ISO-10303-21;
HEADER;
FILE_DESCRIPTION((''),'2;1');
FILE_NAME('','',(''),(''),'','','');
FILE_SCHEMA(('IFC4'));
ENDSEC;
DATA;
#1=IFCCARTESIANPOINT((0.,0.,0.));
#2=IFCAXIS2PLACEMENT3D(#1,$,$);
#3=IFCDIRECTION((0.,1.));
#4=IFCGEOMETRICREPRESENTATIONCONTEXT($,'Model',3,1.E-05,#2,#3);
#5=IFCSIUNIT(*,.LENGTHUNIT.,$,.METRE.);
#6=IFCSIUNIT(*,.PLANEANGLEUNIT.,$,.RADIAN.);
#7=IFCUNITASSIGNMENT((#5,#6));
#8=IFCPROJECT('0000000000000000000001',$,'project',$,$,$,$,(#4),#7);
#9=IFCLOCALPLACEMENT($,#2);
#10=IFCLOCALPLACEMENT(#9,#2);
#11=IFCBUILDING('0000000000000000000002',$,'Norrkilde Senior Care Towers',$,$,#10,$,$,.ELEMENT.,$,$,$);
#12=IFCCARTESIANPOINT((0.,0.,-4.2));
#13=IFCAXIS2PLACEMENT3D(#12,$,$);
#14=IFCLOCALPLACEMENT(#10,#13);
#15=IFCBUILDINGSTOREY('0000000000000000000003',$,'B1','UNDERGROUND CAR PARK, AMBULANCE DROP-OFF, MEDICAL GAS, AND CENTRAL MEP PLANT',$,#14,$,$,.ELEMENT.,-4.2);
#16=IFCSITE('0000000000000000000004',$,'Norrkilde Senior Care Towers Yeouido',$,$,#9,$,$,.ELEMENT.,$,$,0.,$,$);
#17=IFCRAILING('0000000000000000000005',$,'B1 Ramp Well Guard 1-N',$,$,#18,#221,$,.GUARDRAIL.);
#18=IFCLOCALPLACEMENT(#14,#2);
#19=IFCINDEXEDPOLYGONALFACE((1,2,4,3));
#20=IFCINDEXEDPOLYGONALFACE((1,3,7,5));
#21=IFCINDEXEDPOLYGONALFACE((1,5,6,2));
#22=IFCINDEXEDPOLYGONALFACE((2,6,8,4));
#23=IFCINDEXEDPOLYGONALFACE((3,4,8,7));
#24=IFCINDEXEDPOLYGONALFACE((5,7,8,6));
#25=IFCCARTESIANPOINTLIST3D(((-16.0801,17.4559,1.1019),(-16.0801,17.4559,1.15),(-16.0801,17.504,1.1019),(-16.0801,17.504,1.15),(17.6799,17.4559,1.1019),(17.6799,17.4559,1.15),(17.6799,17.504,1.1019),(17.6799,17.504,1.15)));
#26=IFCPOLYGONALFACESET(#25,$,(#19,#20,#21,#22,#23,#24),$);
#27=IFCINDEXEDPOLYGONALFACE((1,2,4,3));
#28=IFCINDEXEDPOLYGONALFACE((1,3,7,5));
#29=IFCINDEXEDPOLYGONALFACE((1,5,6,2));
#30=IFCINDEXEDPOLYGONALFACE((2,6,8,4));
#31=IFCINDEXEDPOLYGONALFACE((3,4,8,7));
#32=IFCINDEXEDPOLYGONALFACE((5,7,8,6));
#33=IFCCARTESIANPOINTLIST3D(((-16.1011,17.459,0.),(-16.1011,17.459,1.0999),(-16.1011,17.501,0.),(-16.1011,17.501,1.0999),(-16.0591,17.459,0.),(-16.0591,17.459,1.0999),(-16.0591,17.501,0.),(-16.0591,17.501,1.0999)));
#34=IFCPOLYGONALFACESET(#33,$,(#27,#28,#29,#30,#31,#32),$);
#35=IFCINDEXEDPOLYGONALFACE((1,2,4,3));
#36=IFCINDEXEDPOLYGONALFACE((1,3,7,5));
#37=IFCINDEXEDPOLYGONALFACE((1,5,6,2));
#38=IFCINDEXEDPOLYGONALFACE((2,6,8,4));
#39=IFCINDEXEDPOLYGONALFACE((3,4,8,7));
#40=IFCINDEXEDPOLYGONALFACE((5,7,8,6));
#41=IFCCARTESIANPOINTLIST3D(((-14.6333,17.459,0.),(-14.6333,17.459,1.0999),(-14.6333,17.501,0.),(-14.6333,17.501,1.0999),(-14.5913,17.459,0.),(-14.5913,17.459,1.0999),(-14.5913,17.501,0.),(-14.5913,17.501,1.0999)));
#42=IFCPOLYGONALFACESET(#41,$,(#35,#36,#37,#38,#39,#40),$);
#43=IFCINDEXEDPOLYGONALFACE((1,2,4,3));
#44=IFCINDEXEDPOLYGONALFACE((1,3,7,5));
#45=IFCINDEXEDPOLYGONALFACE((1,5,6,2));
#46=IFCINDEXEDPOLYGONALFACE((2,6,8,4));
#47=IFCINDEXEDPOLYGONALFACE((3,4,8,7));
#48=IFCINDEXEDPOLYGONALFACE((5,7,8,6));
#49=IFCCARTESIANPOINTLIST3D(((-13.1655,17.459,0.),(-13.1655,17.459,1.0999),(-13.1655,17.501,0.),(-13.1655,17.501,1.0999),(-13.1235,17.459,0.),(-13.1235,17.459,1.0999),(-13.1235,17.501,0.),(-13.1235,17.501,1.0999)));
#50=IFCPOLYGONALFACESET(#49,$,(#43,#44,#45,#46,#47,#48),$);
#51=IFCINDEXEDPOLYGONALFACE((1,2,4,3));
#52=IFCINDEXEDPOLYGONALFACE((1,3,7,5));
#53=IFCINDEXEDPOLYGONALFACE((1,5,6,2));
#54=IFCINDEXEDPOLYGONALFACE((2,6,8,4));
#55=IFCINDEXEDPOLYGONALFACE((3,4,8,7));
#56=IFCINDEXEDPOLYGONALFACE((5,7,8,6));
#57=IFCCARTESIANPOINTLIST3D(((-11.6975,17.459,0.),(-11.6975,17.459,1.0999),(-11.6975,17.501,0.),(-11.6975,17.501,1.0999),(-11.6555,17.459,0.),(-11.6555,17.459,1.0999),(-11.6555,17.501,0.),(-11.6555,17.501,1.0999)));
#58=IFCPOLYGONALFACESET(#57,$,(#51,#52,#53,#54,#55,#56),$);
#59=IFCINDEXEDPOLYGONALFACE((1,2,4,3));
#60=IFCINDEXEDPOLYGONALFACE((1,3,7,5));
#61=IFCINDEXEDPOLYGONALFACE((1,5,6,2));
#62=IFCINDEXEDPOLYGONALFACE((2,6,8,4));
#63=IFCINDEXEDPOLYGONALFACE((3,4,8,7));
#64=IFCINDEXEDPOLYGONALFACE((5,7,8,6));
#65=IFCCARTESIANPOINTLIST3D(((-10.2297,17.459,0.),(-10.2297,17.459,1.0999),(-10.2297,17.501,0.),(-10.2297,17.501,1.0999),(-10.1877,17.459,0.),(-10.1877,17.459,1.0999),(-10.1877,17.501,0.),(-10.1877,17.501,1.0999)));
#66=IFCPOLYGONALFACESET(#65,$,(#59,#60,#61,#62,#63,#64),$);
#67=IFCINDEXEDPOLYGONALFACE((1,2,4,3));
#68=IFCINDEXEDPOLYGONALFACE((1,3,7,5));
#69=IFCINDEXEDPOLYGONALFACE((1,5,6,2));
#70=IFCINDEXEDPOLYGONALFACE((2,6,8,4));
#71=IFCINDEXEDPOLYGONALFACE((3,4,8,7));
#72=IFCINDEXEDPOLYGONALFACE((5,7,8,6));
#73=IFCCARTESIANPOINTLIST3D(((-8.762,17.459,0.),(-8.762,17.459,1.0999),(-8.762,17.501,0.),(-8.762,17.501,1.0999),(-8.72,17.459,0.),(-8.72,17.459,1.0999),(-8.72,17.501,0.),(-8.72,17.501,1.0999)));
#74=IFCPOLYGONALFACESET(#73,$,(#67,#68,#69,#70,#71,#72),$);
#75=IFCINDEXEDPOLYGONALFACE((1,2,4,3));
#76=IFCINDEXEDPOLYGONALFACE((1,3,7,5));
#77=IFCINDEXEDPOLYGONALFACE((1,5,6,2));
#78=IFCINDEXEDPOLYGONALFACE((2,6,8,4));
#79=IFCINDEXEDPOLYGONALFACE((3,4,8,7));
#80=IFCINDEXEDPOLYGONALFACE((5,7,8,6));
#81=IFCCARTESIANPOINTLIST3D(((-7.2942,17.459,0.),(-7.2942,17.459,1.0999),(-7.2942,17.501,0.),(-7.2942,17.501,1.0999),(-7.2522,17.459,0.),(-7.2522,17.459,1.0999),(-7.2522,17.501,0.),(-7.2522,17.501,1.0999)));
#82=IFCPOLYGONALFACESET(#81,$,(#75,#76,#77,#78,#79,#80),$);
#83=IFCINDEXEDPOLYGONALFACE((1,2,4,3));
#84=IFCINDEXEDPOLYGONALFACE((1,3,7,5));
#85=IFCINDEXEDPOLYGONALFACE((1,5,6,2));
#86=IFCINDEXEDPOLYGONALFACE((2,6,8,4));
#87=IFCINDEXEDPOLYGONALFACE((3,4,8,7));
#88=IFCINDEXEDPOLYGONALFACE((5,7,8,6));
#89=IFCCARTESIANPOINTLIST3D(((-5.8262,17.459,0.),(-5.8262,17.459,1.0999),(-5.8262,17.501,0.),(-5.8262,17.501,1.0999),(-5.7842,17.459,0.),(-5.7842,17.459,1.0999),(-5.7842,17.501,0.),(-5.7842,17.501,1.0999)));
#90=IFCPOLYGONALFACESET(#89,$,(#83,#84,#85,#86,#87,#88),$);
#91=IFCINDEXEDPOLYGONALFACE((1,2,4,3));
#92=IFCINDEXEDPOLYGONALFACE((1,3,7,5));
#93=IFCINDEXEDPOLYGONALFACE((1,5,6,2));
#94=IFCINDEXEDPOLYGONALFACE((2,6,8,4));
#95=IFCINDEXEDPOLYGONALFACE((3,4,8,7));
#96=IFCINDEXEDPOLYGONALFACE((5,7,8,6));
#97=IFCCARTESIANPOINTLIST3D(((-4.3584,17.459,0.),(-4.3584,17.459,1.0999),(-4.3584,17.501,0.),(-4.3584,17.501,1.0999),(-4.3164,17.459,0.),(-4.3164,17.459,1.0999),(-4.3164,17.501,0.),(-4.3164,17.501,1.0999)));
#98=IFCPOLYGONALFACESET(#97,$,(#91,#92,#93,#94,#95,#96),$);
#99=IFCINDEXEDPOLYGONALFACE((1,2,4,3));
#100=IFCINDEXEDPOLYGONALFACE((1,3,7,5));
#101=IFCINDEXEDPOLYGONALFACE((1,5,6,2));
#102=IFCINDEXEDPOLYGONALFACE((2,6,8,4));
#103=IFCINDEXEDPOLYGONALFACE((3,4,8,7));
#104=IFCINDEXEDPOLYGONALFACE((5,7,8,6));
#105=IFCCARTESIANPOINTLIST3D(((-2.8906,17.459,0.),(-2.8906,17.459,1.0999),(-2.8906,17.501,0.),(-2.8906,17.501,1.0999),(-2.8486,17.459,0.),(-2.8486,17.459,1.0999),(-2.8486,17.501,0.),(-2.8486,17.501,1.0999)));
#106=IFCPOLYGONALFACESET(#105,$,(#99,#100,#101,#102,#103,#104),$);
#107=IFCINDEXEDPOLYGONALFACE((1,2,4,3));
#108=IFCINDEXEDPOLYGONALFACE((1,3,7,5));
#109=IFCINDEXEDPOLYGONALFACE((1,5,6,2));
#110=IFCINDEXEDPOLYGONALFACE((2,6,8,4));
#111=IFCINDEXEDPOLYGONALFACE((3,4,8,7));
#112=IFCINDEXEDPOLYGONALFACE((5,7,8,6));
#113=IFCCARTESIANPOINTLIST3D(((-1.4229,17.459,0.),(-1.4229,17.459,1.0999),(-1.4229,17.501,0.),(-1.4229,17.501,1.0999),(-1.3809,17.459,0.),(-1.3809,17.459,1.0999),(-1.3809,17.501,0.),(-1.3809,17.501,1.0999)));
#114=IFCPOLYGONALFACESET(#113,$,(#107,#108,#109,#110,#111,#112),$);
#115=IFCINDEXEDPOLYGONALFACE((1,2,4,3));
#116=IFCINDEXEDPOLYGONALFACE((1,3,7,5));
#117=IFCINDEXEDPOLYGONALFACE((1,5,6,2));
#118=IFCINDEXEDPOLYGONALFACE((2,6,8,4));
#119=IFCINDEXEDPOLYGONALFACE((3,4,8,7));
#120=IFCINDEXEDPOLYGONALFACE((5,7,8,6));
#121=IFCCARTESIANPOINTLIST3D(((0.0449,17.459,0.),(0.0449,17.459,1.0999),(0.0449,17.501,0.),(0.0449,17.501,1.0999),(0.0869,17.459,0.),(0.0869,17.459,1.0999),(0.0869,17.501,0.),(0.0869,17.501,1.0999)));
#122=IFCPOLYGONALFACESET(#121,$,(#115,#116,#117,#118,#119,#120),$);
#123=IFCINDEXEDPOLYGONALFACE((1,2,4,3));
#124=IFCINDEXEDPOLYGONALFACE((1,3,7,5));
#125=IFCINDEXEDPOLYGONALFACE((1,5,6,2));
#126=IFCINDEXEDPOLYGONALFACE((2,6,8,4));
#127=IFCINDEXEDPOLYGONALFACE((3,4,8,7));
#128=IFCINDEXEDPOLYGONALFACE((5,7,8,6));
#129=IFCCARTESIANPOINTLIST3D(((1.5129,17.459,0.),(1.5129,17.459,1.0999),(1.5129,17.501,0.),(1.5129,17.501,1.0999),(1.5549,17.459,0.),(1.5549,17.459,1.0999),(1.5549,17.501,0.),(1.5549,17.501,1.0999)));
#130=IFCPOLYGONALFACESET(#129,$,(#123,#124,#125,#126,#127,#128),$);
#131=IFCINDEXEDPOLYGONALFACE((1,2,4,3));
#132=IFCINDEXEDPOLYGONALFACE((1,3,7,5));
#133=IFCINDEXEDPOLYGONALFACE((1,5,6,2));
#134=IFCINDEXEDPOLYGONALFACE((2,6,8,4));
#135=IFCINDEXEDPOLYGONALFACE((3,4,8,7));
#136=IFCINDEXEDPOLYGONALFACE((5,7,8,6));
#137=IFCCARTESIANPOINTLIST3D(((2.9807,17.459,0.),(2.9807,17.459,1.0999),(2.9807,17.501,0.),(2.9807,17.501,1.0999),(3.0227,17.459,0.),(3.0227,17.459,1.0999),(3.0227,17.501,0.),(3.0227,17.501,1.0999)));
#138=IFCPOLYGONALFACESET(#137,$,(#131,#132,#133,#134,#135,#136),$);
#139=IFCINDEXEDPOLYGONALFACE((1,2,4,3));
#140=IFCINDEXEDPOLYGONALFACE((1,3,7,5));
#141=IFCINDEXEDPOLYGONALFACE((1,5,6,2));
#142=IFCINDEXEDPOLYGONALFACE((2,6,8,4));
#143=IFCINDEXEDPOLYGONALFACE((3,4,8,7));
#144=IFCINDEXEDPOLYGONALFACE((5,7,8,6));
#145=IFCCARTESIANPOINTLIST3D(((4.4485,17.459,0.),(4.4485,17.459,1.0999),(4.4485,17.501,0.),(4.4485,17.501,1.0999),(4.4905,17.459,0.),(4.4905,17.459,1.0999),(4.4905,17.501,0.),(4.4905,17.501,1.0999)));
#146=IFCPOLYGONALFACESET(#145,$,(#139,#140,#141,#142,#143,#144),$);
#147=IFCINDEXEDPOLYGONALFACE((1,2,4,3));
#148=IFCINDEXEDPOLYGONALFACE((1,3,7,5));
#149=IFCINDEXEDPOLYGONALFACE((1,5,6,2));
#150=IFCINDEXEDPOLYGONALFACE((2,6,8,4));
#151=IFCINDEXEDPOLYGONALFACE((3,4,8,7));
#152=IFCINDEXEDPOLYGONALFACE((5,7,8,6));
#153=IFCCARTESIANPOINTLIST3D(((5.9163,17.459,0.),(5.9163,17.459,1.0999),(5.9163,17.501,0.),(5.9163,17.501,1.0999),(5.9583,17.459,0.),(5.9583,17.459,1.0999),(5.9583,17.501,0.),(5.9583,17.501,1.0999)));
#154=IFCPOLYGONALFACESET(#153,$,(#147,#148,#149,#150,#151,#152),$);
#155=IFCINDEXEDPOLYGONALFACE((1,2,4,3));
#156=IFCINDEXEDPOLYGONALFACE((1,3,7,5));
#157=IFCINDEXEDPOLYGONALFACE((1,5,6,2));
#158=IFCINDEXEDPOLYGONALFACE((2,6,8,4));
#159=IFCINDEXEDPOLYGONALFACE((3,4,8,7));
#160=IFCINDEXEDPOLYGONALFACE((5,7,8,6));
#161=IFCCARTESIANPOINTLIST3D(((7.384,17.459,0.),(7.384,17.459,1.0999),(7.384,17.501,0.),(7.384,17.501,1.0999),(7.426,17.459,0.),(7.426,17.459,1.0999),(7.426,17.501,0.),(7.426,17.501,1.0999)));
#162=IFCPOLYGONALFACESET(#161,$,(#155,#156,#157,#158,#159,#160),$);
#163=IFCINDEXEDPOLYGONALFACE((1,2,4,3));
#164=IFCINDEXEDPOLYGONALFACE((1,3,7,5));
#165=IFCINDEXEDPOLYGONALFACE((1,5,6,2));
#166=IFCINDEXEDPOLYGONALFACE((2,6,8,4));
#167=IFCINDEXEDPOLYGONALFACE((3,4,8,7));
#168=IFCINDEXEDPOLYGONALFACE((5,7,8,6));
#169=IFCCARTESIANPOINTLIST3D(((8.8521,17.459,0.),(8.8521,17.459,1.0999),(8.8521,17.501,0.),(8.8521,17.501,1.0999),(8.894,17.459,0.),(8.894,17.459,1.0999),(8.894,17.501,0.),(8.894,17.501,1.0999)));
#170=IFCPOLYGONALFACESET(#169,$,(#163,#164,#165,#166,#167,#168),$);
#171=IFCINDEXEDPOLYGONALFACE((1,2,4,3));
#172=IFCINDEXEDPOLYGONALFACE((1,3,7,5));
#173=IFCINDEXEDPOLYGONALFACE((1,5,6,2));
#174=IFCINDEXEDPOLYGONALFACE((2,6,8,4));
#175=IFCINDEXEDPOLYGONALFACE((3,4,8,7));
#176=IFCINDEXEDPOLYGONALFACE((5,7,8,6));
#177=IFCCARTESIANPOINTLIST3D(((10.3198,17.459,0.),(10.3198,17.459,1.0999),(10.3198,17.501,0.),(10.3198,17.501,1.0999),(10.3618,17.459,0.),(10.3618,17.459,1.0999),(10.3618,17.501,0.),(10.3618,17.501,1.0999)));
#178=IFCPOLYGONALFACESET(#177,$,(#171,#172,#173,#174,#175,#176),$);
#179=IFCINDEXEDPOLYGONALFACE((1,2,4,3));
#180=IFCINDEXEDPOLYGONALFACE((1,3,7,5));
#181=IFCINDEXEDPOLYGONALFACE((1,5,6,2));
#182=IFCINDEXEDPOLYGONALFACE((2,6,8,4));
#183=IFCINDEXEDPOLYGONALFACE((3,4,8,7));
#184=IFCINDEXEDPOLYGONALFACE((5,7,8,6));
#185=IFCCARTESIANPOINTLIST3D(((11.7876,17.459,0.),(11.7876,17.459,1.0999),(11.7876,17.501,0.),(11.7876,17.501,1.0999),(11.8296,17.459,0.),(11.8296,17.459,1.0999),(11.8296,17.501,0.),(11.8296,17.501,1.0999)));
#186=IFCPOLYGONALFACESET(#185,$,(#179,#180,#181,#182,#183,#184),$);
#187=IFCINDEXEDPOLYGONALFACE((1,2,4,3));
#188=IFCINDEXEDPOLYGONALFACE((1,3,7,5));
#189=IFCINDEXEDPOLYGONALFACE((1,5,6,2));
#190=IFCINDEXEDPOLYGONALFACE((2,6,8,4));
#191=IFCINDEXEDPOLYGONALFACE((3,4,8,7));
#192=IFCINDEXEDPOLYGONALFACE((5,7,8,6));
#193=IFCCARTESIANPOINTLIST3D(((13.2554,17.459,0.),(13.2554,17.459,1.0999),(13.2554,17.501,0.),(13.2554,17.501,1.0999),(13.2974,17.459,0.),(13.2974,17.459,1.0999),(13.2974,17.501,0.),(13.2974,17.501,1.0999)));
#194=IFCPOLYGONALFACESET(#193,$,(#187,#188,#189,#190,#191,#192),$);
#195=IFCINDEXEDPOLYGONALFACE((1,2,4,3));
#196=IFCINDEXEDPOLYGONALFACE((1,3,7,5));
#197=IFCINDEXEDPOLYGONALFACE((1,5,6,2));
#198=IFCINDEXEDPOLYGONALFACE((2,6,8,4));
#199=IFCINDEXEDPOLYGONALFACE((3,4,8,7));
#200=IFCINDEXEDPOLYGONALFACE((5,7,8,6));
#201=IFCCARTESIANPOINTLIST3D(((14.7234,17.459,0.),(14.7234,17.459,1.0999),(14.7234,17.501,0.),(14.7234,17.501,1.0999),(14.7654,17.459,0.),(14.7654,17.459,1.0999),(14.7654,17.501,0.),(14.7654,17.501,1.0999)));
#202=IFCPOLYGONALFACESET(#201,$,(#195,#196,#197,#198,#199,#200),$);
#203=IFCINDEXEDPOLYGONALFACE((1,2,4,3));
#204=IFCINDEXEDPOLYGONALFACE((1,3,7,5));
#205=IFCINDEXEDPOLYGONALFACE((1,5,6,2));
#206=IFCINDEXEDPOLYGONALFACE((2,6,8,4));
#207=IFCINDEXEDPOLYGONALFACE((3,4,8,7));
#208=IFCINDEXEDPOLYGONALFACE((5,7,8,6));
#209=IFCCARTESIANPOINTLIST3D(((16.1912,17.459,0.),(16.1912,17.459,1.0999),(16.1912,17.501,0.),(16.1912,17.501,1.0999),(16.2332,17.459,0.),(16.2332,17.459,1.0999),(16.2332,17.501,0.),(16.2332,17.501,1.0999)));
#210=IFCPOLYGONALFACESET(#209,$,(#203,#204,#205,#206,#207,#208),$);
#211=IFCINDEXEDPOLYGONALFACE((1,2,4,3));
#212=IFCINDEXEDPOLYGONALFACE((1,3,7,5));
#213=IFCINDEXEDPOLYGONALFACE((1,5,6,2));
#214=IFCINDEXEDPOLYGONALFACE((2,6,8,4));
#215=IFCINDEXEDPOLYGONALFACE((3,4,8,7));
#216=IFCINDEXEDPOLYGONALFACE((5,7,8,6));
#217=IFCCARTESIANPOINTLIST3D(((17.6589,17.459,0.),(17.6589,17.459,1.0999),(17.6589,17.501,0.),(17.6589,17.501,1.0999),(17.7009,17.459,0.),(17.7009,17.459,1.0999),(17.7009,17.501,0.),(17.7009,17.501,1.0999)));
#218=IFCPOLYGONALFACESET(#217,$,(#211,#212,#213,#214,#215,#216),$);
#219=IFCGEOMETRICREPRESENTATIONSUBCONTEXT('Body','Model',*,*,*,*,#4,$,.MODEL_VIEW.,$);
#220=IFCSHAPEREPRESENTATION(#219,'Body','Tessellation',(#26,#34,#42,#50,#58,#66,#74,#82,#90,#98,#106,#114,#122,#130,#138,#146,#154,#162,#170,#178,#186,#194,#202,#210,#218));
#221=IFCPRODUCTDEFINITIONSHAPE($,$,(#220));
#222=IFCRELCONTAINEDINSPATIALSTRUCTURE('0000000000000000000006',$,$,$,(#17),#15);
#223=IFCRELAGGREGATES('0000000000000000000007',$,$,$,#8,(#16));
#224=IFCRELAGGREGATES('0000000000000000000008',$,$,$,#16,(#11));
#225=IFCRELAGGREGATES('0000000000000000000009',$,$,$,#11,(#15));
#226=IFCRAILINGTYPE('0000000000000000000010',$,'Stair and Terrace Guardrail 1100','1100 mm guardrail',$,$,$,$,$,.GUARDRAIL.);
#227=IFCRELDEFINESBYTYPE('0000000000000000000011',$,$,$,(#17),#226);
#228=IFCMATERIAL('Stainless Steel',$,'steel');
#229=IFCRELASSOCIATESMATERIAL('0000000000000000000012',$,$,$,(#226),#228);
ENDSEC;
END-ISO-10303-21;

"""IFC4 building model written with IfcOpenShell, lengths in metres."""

from ifc_helpers import new_model, si_unit, direction, frame, origin, origin_2d, place, context, subcontext, project, spatial, rectangle, extrude, material, type_object, element, save


model = new_model("IFC4")

# Units and contexts
model_context = context("Model", 3, precision=1e-05, world=origin(), true_north=direction((0.0, 1.0)))
body_context = subcontext(model_context, "Body", "Model", "MODEL_VIEW")
ifc_project = project(units=[si_unit("LENGTHUNIT", "METRE"), si_unit("PLANEANGLEUNIT", "RADIAN")], contexts=[model_context])

# Site, building, storey
site_placement = place(None, origin())
site = spatial("IfcSite", under=ifc_project, at=site_placement, Name="Norrkilde Senior Care Towers Yeouido", CompositionType="ELEMENT", RefElevation=0.0)
building_placement = place(site_placement, origin())
building = spatial("IfcBuilding", under=site, at=building_placement, Name="Norrkilde Senior Care Towers", CompositionType="ELEMENT")
storey_placement = place(building_placement, frame((0.0, 0.0, -4.2)))
storey = spatial("IfcBuildingStorey", under=building, at=storey_placement, Name="B1", Description="UNDERGROUND CAR PARK, AMBULANCE DROP-OFF, MEDICAL GAS, AND CENTRAL MEP PLANT", CompositionType="ELEMENT", Elevation=-4.2)

# Shared definitions
ifc_material_1 = material(Name="Stainless Steel", Category="steel")

# Railing
railing_type = type_object("IfcRailingType", Name="Stair and Terrace Guardrail 1100", Description="1100 mm guardrail", PredefinedType="GUARDRAIL", material=ifc_material_1)
railing_1_placement = place(storey_placement, frame((-16.0801, 17.48, 0.0)))
element("IfcRailing", 1, at=railing_1_placement, inside=storey, type_object=railing_type, Name="B1 Ramp Well Guard 1-N", PredefinedType="GUARDRAIL", context=body_context, shape_type="SweptSolid", body=[
    extrude(rectangle(XDim=0.0481, YDim=0.0481, at=origin_2d()), frame((0.0, 0.0, 1.126), z_axis=(1.0, 0.0, 0.0), x_axis=(0.0, 1.0, 0.0)), (0.0, 0.0, 1.0), 33.76),
    extrude(rectangle(XDim=0.042, YDim=0.042, at=origin_2d()), origin(), (0.0, 0.0, 1.0), 1.0999),
    extrude(rectangle(XDim=0.042, YDim=0.042, at=origin_2d()), frame((1.4678, 0.0, 0.0)), (0.0, 0.0, 1.0), 1.0999),
    extrude(rectangle(XDim=0.042, YDim=0.042, at=origin_2d()), frame((2.9355, 0.0, 0.0)), (0.0, 0.0, 1.0), 1.0999),
    extrude(rectangle(XDim=0.042, YDim=0.042, at=origin_2d()), frame((4.4036, 0.0, 0.0)), (0.0, 0.0, 1.0), 1.0999),
    extrude(rectangle(XDim=0.042, YDim=0.042, at=origin_2d()), frame((5.8713, 0.0, 0.0)), (0.0, 0.0, 1.0), 1.0999),
    extrude(rectangle(XDim=0.042, YDim=0.042, at=origin_2d()), frame((7.3391, 0.0, 0.0)), (0.0, 0.0, 1.0), 1.0999),
    extrude(rectangle(XDim=0.042, YDim=0.042, at=origin_2d()), frame((8.8069, 0.0, 0.0)), (0.0, 0.0, 1.0), 1.0999),
    extrude(rectangle(XDim=0.042, YDim=0.042, at=origin_2d()), frame((10.2749, 0.0, 0.0)), (0.0, 0.0, 1.0), 1.0999),
    extrude(rectangle(XDim=0.042, YDim=0.042, at=origin_2d()), frame((11.7427, 0.0, 0.0)), (0.0, 0.0, 1.0), 1.0999),
    extrude(rectangle(XDim=0.042, YDim=0.042, at=origin_2d()), frame((13.2104, 0.0, 0.0)), (0.0, 0.0, 1.0), 1.0999),
    extrude(rectangle(XDim=0.042, YDim=0.042, at=origin_2d()), frame((14.6782, 0.0, 0.0)), (0.0, 0.0, 1.0), 1.0999),
    extrude(rectangle(XDim=0.042, YDim=0.042, at=origin_2d()), frame((16.146, 0.0, 0.0)), (0.0, 0.0, 1.0), 1.0999),
    extrude(rectangle(XDim=0.042, YDim=0.042, at=origin_2d()), frame((17.614, 0.0, 0.0)), (0.0, 0.0, 1.0), 1.0999),
    extrude(rectangle(XDim=0.042, YDim=0.042, at=origin_2d()), frame((19.0818, 0.0, 0.0)), (0.0, 0.0, 1.0), 1.0999),
    extrude(rectangle(XDim=0.042, YDim=0.042, at=origin_2d()), frame((20.5496, 0.0, 0.0)), (0.0, 0.0, 1.0), 1.0999),
    extrude(rectangle(XDim=0.042, YDim=0.042, at=origin_2d()), frame((22.0173, 0.0, 0.0)), (0.0, 0.0, 1.0), 1.0999),
    extrude(rectangle(XDim=0.042, YDim=0.042, at=origin_2d()), frame((23.4851, 0.0, 0.0)), (0.0, 0.0, 1.0), 1.0999),
    extrude(rectangle(XDim=0.042, YDim=0.042, at=origin_2d()), frame((24.9531, 0.0, 0.0)), (0.0, 0.0, 1.0), 1.0999),
    extrude(rectangle(XDim=0.042, YDim=0.042, at=origin_2d()), frame((26.4209, 0.0, 0.0)), (0.0, 0.0, 1.0), 1.0999),
    extrude(rectangle(XDim=0.042, YDim=0.042, at=origin_2d()), frame((27.8887, 0.0, 0.0)), (0.0, 0.0, 1.0), 1.0999),
    extrude(rectangle(XDim=0.042, YDim=0.042, at=origin_2d()), frame((29.3564, 0.0, 0.0)), (0.0, 0.0, 1.0), 1.0999),
    extrude(rectangle(XDim=0.042, YDim=0.042, at=origin_2d()), frame((30.8245, 0.0, 0.0)), (0.0, 0.0, 1.0), 1.0999),
    extrude(rectangle(XDim=0.042, YDim=0.042, at=origin_2d()), frame((32.2922, 0.0, 0.0)), (0.0, 0.0, 1.0), 1.0999),
    extrude(rectangle(XDim=0.042, YDim=0.042, at=origin_2d()), frame((33.76, 0.0, 0.0)), (0.0, 0.0, 1.0), 1.0999),
])

save(model, "model.ifc")
